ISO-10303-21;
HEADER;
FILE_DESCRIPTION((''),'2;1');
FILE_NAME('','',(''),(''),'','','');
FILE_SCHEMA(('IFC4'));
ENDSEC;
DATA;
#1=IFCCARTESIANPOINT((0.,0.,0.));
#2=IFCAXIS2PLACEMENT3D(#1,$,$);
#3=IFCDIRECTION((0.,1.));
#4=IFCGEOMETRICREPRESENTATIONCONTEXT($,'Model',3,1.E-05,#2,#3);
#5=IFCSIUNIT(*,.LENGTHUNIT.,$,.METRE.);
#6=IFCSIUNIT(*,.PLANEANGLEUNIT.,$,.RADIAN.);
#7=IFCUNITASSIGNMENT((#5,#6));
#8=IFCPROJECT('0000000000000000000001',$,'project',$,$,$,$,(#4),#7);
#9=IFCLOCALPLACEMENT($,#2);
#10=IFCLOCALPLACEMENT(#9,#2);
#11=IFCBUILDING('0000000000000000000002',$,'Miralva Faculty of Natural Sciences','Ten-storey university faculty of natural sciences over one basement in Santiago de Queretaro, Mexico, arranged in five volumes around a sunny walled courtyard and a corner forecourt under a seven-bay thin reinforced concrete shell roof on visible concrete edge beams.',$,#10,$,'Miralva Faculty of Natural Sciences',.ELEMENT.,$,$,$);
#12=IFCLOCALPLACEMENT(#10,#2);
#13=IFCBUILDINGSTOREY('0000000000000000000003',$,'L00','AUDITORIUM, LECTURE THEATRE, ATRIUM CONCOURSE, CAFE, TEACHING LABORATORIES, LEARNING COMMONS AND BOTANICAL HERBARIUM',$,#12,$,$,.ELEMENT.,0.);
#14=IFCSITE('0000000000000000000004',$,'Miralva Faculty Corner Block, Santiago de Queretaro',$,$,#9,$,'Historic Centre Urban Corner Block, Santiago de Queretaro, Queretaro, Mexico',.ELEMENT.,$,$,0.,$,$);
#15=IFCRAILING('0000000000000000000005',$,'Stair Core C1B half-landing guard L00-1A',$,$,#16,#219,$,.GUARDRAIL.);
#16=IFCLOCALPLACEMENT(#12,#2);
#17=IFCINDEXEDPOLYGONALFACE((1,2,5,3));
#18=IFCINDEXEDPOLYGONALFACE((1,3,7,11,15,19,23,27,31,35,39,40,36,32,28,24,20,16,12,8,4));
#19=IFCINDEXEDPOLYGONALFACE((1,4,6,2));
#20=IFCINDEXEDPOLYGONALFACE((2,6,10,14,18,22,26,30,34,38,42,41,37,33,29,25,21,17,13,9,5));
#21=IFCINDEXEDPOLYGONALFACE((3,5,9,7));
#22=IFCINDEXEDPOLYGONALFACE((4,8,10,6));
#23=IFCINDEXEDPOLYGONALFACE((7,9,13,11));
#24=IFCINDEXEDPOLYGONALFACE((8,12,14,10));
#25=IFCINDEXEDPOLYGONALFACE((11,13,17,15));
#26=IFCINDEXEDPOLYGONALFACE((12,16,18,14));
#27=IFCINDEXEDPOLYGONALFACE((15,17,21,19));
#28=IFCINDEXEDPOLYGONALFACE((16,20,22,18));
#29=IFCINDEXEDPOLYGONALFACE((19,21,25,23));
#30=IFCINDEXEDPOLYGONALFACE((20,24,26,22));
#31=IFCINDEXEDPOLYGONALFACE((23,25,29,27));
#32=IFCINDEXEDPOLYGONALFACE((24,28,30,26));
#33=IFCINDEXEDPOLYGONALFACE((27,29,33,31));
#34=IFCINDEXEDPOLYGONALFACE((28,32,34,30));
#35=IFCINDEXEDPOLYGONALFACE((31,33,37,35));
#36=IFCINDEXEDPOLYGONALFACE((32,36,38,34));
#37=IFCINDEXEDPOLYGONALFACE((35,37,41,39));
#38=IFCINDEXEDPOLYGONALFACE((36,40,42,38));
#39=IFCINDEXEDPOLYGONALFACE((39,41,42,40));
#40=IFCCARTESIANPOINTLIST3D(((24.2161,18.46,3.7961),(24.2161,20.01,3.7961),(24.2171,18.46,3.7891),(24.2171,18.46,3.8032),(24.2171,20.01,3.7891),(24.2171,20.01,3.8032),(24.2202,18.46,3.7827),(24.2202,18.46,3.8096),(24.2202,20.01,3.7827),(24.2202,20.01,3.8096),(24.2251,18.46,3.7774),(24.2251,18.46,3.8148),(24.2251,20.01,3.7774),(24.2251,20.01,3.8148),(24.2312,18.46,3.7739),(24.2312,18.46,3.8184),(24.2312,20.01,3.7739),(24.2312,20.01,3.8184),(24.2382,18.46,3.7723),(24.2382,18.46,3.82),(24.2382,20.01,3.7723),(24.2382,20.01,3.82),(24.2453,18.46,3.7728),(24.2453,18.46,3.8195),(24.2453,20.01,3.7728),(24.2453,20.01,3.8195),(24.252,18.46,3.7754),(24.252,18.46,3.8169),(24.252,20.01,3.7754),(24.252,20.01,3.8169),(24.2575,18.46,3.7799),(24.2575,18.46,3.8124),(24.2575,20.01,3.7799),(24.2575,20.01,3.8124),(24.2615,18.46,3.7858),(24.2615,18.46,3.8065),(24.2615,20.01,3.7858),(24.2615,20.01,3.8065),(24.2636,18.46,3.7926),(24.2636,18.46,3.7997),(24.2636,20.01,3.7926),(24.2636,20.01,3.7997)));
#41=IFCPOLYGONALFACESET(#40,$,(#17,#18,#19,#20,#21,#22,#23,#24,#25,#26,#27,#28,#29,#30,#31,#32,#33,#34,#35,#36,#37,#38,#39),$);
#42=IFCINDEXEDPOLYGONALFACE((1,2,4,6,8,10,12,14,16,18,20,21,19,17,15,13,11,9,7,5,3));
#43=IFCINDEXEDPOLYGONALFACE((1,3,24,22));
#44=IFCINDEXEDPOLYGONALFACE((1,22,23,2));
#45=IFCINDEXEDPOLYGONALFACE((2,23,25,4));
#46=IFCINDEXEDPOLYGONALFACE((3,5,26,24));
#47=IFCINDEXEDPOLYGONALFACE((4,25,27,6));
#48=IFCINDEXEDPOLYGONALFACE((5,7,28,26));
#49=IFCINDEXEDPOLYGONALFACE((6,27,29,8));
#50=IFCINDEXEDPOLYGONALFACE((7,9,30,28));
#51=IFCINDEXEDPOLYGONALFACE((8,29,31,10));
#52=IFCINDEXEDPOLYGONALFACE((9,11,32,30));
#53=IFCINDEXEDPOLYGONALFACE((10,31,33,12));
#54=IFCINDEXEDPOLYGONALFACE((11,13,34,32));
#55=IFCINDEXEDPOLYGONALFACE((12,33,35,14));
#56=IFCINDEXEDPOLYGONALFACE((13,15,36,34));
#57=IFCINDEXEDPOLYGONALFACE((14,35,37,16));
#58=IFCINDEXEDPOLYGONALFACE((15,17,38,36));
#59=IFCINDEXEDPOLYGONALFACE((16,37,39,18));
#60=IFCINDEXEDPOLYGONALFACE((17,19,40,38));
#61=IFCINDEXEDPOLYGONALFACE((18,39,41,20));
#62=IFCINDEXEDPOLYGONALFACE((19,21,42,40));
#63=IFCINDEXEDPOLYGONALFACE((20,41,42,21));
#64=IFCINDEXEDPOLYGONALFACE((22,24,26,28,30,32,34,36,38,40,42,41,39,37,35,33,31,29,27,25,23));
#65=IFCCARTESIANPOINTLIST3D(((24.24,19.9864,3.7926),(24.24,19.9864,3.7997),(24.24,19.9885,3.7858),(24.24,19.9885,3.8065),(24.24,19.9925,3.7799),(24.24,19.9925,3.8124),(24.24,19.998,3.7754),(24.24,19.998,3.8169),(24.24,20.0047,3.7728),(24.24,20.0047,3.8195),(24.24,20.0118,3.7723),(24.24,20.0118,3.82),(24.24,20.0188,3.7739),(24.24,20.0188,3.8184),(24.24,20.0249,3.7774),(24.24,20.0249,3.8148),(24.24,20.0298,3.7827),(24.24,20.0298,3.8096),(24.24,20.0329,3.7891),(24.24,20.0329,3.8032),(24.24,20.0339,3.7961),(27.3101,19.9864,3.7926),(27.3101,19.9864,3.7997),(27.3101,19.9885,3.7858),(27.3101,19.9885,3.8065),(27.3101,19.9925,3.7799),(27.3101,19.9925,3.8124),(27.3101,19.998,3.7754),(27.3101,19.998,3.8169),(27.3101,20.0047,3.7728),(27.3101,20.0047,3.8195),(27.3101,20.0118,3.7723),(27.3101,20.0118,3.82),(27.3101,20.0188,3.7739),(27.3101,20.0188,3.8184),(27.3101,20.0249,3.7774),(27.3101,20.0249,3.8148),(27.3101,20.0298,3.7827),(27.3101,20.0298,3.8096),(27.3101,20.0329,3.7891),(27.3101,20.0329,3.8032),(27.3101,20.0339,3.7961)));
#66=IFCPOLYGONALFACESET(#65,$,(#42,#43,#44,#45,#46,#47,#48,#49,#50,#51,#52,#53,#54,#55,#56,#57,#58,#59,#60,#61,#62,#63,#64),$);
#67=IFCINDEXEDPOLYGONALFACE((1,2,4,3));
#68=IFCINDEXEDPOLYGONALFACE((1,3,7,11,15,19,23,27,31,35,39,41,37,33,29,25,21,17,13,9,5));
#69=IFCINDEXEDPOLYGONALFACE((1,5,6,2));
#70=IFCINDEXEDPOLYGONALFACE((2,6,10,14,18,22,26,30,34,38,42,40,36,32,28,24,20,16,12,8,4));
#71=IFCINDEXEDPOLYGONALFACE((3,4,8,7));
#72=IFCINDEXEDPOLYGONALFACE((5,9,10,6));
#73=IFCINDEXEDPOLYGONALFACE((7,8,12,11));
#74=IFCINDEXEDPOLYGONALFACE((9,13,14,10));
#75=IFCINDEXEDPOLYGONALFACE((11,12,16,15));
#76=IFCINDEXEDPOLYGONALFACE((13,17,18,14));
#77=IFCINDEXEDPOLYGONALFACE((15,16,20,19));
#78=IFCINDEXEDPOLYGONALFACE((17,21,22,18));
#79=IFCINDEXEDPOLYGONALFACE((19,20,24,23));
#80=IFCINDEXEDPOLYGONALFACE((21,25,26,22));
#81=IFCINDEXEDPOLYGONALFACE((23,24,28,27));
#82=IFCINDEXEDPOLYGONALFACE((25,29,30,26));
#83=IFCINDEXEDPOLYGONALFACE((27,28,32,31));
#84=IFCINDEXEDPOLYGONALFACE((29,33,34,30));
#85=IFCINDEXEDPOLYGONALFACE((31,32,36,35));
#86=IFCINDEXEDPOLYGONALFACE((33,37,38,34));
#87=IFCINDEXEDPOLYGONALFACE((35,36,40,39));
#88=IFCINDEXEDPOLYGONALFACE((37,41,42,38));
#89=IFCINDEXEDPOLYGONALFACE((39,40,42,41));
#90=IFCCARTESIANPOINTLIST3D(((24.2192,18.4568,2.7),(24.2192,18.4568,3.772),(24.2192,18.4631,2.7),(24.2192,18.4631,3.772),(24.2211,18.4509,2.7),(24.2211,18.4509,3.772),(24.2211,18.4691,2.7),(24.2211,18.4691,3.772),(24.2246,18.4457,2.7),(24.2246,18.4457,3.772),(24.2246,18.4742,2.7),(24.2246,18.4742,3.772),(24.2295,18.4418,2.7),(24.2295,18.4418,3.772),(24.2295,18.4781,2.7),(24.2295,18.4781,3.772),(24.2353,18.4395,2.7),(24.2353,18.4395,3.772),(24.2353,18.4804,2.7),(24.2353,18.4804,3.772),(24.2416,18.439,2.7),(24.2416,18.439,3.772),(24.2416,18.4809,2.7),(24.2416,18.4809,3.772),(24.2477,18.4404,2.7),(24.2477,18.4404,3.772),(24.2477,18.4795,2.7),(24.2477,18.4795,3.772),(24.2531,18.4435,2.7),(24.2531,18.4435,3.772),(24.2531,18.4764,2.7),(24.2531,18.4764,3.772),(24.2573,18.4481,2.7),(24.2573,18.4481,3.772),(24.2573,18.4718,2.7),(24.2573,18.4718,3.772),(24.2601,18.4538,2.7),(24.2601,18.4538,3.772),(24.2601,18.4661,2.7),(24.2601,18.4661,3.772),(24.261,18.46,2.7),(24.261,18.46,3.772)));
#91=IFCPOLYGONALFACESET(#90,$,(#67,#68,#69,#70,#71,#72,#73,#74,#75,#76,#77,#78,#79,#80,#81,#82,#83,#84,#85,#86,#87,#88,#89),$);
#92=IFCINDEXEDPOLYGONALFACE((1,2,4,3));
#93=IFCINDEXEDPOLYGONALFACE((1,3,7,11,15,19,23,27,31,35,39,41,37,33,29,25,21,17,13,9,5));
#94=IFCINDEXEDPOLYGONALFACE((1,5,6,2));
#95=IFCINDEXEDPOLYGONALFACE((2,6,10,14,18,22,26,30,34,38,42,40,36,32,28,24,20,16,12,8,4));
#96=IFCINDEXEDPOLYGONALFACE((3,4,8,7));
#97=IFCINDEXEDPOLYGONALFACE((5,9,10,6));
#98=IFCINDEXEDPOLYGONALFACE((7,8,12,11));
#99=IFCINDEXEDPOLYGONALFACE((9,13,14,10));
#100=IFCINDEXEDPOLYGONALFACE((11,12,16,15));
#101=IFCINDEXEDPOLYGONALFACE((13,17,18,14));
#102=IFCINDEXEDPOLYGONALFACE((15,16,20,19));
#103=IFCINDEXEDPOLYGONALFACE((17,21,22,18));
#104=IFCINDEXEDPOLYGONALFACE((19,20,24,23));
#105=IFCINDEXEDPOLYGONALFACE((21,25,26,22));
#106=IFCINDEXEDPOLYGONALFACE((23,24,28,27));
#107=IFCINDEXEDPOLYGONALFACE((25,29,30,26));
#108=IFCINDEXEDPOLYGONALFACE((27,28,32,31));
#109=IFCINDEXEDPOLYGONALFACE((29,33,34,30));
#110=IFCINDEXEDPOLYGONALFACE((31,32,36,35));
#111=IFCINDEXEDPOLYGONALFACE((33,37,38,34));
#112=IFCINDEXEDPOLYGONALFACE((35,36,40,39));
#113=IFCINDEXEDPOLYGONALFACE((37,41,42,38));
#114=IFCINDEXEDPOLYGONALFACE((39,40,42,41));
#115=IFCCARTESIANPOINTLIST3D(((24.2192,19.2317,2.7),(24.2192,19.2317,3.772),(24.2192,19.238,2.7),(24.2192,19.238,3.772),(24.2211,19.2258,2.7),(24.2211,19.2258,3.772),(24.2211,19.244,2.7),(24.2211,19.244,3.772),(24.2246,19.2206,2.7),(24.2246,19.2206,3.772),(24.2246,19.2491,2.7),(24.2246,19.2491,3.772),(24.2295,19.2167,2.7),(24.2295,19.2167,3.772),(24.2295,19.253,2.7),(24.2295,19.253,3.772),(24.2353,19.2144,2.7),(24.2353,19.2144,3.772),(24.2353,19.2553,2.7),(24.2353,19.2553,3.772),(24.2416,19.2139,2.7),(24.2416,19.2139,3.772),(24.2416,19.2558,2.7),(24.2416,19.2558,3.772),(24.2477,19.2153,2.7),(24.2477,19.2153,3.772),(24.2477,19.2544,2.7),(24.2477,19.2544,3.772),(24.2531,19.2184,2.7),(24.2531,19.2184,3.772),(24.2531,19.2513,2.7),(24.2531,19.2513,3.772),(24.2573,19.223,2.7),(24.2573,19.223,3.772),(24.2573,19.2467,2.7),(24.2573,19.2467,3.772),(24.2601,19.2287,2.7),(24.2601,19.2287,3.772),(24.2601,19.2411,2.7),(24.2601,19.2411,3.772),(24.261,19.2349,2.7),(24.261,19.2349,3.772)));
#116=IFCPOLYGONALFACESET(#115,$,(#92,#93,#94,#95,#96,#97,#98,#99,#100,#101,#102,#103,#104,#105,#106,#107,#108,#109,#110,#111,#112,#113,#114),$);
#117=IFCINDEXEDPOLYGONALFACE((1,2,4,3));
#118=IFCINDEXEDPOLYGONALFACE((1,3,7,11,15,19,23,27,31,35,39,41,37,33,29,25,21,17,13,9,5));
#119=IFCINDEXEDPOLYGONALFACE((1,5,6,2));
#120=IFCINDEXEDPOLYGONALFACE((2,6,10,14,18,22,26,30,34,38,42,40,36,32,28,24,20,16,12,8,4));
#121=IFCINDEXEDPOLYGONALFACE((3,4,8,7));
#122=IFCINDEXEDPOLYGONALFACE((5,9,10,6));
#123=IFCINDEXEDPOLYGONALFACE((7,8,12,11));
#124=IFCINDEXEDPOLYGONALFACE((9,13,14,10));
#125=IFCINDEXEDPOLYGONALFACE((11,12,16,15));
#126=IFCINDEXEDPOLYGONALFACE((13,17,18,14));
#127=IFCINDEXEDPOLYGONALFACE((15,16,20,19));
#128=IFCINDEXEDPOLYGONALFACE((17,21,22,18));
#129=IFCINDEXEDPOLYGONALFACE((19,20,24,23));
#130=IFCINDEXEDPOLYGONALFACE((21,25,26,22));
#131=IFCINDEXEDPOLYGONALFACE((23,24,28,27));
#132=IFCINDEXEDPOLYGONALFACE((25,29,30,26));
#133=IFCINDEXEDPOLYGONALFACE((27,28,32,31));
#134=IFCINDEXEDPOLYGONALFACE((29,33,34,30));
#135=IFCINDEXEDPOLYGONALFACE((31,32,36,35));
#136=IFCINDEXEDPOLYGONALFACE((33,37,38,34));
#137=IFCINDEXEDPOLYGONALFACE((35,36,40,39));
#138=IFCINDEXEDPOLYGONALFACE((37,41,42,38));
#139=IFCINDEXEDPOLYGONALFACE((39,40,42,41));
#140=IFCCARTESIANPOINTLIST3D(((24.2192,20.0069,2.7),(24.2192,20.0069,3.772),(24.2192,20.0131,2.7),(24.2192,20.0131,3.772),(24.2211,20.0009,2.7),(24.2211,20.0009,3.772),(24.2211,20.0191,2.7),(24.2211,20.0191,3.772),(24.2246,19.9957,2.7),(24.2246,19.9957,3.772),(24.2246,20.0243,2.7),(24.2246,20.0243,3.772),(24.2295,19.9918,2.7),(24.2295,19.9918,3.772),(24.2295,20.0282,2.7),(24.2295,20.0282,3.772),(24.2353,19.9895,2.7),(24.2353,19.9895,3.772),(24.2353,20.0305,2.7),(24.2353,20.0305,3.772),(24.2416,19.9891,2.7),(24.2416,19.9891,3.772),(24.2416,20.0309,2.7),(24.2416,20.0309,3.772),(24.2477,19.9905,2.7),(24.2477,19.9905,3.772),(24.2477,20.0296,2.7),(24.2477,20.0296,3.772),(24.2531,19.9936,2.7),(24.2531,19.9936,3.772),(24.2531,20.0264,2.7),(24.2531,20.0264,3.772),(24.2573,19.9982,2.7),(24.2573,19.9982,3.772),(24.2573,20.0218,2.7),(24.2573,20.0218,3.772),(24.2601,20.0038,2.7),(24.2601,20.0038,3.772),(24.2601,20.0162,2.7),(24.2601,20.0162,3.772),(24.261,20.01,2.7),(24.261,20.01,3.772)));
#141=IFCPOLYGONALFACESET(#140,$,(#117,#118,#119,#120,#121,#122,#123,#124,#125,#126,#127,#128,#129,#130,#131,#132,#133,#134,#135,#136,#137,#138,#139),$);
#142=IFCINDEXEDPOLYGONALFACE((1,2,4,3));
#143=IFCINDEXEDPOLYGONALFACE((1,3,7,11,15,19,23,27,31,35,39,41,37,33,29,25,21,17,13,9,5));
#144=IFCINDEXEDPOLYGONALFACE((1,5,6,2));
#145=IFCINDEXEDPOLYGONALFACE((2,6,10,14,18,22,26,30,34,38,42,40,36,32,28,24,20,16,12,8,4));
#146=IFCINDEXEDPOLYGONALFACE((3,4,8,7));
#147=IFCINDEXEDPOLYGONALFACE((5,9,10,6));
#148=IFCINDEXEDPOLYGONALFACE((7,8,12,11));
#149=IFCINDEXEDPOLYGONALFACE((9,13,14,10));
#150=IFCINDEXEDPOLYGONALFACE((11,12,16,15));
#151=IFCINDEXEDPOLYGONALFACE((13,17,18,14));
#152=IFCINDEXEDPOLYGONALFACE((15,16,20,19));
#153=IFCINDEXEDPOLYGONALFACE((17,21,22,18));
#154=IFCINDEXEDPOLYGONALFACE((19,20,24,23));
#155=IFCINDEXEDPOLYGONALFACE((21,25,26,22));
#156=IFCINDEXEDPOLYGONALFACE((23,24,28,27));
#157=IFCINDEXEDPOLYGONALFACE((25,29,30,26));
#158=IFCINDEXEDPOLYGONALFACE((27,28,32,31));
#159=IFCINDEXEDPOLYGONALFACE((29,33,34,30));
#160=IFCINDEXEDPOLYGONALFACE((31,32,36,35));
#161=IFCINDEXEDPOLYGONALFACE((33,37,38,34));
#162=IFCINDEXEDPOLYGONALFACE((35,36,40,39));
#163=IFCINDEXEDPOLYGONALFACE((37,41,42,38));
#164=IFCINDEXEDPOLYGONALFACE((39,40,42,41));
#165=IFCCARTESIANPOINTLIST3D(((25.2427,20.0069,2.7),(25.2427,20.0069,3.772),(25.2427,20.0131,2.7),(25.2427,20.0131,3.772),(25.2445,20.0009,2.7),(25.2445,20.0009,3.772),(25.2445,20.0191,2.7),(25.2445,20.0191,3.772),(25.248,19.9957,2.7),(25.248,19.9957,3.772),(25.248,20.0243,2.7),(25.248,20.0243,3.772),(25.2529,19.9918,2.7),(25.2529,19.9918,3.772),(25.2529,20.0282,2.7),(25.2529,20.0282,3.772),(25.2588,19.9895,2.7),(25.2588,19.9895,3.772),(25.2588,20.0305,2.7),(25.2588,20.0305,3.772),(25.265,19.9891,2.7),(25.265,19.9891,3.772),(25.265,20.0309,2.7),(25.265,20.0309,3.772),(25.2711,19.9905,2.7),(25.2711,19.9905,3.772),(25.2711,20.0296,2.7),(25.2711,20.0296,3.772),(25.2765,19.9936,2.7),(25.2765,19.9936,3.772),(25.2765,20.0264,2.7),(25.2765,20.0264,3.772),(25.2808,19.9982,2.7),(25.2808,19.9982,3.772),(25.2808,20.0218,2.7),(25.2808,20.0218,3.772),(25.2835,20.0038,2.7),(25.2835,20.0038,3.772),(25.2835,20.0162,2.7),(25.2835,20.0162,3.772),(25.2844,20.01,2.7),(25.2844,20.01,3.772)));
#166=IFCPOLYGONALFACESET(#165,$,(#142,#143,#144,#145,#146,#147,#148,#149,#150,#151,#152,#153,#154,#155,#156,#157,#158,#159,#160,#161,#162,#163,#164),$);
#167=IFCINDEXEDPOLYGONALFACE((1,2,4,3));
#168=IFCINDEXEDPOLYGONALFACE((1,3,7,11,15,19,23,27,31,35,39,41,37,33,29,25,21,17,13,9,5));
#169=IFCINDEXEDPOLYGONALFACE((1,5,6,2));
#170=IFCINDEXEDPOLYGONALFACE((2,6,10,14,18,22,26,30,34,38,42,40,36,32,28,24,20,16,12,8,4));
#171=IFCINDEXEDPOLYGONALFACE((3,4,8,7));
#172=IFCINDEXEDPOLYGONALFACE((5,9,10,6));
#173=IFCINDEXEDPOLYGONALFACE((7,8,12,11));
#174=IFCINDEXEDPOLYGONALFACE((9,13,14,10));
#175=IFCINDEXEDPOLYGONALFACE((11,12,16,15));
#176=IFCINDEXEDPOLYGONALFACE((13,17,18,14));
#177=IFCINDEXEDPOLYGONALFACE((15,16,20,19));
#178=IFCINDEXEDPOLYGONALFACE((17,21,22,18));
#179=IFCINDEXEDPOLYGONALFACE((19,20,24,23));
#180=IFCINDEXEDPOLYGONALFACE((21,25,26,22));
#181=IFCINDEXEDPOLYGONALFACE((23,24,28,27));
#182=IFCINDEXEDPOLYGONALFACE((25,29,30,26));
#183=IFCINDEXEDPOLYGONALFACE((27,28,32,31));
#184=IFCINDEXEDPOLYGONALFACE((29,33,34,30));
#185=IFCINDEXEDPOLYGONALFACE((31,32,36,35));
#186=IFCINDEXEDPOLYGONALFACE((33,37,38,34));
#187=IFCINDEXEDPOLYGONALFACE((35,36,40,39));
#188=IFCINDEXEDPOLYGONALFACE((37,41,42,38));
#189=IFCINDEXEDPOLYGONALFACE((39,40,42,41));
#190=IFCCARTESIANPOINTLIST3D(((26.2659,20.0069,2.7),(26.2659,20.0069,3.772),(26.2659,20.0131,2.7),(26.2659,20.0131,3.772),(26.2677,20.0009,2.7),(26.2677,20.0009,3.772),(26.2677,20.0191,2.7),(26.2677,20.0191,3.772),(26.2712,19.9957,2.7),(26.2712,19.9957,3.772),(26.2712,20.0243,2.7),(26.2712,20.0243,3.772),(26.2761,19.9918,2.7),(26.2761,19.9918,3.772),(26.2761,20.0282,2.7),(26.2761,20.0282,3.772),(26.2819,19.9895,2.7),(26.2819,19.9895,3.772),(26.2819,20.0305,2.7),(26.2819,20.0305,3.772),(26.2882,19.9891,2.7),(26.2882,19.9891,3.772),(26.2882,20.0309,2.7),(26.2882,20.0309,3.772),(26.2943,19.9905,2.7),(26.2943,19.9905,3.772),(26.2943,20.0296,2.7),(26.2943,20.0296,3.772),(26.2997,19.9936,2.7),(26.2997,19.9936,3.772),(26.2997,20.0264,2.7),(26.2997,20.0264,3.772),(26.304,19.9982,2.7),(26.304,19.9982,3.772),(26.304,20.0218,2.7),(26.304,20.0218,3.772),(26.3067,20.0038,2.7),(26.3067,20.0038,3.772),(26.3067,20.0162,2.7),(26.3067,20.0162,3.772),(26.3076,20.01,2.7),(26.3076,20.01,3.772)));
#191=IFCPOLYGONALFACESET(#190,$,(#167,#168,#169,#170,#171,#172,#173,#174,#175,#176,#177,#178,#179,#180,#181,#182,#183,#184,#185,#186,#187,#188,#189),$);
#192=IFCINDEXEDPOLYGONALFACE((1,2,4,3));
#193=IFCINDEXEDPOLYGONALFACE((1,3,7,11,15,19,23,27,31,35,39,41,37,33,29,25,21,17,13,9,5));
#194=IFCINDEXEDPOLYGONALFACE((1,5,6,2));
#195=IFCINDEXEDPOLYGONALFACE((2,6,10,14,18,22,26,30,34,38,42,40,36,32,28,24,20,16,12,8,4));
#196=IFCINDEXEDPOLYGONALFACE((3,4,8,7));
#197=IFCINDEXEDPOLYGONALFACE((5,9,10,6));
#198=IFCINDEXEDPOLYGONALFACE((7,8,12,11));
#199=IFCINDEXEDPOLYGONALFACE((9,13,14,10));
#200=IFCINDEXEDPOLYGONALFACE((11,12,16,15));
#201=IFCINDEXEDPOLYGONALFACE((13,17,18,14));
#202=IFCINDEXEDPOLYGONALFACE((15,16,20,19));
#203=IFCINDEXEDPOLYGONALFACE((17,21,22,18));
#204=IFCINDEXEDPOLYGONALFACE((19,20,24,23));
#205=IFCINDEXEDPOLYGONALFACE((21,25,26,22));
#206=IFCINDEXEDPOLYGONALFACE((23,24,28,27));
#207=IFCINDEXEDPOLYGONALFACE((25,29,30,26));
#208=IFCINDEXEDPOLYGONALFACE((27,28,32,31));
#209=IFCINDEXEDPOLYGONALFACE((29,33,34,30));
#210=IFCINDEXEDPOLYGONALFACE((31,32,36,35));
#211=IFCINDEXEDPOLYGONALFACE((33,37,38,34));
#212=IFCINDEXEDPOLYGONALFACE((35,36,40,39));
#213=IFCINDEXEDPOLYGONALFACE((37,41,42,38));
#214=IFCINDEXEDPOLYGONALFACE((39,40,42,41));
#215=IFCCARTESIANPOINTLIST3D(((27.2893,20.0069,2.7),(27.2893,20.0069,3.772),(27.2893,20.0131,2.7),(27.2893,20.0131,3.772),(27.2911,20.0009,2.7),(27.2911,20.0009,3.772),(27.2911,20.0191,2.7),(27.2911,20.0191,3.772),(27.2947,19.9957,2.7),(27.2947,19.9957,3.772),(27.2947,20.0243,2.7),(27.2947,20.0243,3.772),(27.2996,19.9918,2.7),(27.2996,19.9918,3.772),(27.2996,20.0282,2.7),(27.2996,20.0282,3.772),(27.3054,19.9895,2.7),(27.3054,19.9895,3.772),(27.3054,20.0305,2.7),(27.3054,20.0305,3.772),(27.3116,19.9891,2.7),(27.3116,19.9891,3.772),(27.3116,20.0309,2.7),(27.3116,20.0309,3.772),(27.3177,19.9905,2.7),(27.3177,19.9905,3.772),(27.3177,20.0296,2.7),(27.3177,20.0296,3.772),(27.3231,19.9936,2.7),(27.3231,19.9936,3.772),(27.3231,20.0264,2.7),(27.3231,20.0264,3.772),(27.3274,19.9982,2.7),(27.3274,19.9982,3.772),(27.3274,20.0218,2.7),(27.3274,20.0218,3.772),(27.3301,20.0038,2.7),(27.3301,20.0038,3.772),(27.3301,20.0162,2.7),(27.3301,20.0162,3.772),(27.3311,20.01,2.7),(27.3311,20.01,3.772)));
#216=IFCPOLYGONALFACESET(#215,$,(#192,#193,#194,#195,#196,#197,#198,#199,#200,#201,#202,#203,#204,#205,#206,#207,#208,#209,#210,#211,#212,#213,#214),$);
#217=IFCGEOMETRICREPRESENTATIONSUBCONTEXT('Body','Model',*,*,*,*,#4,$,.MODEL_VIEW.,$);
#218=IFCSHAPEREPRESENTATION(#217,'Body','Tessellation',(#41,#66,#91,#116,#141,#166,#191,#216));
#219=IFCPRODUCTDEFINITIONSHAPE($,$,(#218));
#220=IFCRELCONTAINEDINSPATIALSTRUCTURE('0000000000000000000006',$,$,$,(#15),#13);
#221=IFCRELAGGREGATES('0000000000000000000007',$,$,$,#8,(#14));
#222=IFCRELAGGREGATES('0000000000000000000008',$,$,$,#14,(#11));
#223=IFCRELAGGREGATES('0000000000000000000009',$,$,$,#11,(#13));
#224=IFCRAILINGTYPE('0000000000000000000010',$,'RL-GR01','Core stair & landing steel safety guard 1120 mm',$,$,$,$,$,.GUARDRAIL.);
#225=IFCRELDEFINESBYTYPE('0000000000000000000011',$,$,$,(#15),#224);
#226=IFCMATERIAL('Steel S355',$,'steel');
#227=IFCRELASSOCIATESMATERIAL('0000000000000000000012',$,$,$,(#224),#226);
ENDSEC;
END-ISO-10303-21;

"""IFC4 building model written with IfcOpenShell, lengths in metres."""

from ifc_helpers import new_model, si_unit, direction, frame, origin, origin_2d, place, context, subcontext, project, spatial, circle, extrude, material, type_object, element, save


model = new_model("IFC4")

# Units and contexts
model_context = context("Model", 3, precision=1e-05, world=origin(), true_north=direction((0.0, 1.0)))
body_context = subcontext(model_context, "Body", "Model", "MODEL_VIEW")
ifc_project = project(units=[si_unit("LENGTHUNIT", "METRE"), si_unit("PLANEANGLEUNIT", "RADIAN")], contexts=[model_context])

# Site, building, storey
site_placement = place(None, origin())
site = spatial("IfcSite", under=ifc_project, at=site_placement, Name="Miralva Faculty Corner Block, Santiago de Queretaro", LongName="Historic Centre Urban Corner Block, Santiago de Queretaro, Queretaro, Mexico", CompositionType="ELEMENT", RefElevation=0.0)
building_placement = place(site_placement, origin())
building = spatial("IfcBuilding", under=site, at=building_placement, Name="Miralva Faculty of Natural Sciences", Description="Ten-storey university faculty of natural sciences over one basement in Santiago de Queretaro, Mexico, arranged in five volumes around a sunny walled courtyard and a corner forecourt under a seven-bay thin reinforced concrete shell roof on visible concrete edge beams.", LongName="Miralva Faculty of Natural Sciences", CompositionType="ELEMENT")
storey_placement = place(building_placement, origin())
storey = spatial("IfcBuildingStorey", under=building, at=storey_placement, Name="L00", Description="AUDITORIUM, LECTURE THEATRE, ATRIUM CONCOURSE, CAFE, TEACHING LABORATORIES, LEARNING COMMONS AND BOTANICAL HERBARIUM", CompositionType="ELEMENT", Elevation=0.0)

# Railing
ifc_material_1 = material(Name="Steel S355", Category="steel")
railing_type = type_object("IfcRailingType", Name="RL-GR01", Description="Core stair & landing steel safety guard 1120 mm", PredefinedType="GUARDRAIL", material=ifc_material_1)
railing_placement = place(storey_placement, frame((24.24, 18.46, 2.7)))
element("IfcRailing", 1, at=railing_placement, inside=storey, type_object=railing_type, Name="Stair Core C1B half-landing guard L00-1A", PredefinedType="GUARDRAIL", context=body_context, shape_type="SweptSolid", body=[
    extrude(circle(Radius=0.0239, at=origin_2d()), frame((0.0, 0.0, 1.0962), z_axis=(0.0, 1.0, 0.0), x_axis=(-1.0, 0.0, 0.0)), (0.0, 0.0, 1.0), 1.55),
    extrude(circle(Radius=0.0239, at=origin_2d()), frame((0.0, 1.55, 1.0962), z_axis=(1.0, 0.0, 0.0), x_axis=(0.0, 1.0, 0.0)), (0.0, 0.0, 1.0), 3.0701),
    extrude(circle(Radius=0.021, at=origin_2d()), origin(), (0.0, 0.0, 1.0), 1.072),
    extrude(circle(Radius=0.021, at=origin_2d()), frame((0.0, 0.7749, 0.0)), (0.0, 0.0, 1.0), 1.072),
    extrude(circle(Radius=0.021, at=origin_2d()), frame((0.0, 1.55, 0.0)), (0.0, 0.0, 1.0), 1.072),
    extrude(circle(Radius=0.021, at=origin_2d()), frame((1.0234, 1.55, 0.0)), (0.0, 0.0, 1.0), 1.072),
    extrude(circle(Radius=0.021, at=origin_2d()), frame((2.0466, 1.55, 0.0)), (0.0, 0.0, 1.0), 1.072),
    extrude(circle(Radius=0.021, at=origin_2d()), frame((3.0701, 1.55, 0.0)), (0.0, 0.0, 1.0), 1.072),
])

save(model, "model.ifc")
